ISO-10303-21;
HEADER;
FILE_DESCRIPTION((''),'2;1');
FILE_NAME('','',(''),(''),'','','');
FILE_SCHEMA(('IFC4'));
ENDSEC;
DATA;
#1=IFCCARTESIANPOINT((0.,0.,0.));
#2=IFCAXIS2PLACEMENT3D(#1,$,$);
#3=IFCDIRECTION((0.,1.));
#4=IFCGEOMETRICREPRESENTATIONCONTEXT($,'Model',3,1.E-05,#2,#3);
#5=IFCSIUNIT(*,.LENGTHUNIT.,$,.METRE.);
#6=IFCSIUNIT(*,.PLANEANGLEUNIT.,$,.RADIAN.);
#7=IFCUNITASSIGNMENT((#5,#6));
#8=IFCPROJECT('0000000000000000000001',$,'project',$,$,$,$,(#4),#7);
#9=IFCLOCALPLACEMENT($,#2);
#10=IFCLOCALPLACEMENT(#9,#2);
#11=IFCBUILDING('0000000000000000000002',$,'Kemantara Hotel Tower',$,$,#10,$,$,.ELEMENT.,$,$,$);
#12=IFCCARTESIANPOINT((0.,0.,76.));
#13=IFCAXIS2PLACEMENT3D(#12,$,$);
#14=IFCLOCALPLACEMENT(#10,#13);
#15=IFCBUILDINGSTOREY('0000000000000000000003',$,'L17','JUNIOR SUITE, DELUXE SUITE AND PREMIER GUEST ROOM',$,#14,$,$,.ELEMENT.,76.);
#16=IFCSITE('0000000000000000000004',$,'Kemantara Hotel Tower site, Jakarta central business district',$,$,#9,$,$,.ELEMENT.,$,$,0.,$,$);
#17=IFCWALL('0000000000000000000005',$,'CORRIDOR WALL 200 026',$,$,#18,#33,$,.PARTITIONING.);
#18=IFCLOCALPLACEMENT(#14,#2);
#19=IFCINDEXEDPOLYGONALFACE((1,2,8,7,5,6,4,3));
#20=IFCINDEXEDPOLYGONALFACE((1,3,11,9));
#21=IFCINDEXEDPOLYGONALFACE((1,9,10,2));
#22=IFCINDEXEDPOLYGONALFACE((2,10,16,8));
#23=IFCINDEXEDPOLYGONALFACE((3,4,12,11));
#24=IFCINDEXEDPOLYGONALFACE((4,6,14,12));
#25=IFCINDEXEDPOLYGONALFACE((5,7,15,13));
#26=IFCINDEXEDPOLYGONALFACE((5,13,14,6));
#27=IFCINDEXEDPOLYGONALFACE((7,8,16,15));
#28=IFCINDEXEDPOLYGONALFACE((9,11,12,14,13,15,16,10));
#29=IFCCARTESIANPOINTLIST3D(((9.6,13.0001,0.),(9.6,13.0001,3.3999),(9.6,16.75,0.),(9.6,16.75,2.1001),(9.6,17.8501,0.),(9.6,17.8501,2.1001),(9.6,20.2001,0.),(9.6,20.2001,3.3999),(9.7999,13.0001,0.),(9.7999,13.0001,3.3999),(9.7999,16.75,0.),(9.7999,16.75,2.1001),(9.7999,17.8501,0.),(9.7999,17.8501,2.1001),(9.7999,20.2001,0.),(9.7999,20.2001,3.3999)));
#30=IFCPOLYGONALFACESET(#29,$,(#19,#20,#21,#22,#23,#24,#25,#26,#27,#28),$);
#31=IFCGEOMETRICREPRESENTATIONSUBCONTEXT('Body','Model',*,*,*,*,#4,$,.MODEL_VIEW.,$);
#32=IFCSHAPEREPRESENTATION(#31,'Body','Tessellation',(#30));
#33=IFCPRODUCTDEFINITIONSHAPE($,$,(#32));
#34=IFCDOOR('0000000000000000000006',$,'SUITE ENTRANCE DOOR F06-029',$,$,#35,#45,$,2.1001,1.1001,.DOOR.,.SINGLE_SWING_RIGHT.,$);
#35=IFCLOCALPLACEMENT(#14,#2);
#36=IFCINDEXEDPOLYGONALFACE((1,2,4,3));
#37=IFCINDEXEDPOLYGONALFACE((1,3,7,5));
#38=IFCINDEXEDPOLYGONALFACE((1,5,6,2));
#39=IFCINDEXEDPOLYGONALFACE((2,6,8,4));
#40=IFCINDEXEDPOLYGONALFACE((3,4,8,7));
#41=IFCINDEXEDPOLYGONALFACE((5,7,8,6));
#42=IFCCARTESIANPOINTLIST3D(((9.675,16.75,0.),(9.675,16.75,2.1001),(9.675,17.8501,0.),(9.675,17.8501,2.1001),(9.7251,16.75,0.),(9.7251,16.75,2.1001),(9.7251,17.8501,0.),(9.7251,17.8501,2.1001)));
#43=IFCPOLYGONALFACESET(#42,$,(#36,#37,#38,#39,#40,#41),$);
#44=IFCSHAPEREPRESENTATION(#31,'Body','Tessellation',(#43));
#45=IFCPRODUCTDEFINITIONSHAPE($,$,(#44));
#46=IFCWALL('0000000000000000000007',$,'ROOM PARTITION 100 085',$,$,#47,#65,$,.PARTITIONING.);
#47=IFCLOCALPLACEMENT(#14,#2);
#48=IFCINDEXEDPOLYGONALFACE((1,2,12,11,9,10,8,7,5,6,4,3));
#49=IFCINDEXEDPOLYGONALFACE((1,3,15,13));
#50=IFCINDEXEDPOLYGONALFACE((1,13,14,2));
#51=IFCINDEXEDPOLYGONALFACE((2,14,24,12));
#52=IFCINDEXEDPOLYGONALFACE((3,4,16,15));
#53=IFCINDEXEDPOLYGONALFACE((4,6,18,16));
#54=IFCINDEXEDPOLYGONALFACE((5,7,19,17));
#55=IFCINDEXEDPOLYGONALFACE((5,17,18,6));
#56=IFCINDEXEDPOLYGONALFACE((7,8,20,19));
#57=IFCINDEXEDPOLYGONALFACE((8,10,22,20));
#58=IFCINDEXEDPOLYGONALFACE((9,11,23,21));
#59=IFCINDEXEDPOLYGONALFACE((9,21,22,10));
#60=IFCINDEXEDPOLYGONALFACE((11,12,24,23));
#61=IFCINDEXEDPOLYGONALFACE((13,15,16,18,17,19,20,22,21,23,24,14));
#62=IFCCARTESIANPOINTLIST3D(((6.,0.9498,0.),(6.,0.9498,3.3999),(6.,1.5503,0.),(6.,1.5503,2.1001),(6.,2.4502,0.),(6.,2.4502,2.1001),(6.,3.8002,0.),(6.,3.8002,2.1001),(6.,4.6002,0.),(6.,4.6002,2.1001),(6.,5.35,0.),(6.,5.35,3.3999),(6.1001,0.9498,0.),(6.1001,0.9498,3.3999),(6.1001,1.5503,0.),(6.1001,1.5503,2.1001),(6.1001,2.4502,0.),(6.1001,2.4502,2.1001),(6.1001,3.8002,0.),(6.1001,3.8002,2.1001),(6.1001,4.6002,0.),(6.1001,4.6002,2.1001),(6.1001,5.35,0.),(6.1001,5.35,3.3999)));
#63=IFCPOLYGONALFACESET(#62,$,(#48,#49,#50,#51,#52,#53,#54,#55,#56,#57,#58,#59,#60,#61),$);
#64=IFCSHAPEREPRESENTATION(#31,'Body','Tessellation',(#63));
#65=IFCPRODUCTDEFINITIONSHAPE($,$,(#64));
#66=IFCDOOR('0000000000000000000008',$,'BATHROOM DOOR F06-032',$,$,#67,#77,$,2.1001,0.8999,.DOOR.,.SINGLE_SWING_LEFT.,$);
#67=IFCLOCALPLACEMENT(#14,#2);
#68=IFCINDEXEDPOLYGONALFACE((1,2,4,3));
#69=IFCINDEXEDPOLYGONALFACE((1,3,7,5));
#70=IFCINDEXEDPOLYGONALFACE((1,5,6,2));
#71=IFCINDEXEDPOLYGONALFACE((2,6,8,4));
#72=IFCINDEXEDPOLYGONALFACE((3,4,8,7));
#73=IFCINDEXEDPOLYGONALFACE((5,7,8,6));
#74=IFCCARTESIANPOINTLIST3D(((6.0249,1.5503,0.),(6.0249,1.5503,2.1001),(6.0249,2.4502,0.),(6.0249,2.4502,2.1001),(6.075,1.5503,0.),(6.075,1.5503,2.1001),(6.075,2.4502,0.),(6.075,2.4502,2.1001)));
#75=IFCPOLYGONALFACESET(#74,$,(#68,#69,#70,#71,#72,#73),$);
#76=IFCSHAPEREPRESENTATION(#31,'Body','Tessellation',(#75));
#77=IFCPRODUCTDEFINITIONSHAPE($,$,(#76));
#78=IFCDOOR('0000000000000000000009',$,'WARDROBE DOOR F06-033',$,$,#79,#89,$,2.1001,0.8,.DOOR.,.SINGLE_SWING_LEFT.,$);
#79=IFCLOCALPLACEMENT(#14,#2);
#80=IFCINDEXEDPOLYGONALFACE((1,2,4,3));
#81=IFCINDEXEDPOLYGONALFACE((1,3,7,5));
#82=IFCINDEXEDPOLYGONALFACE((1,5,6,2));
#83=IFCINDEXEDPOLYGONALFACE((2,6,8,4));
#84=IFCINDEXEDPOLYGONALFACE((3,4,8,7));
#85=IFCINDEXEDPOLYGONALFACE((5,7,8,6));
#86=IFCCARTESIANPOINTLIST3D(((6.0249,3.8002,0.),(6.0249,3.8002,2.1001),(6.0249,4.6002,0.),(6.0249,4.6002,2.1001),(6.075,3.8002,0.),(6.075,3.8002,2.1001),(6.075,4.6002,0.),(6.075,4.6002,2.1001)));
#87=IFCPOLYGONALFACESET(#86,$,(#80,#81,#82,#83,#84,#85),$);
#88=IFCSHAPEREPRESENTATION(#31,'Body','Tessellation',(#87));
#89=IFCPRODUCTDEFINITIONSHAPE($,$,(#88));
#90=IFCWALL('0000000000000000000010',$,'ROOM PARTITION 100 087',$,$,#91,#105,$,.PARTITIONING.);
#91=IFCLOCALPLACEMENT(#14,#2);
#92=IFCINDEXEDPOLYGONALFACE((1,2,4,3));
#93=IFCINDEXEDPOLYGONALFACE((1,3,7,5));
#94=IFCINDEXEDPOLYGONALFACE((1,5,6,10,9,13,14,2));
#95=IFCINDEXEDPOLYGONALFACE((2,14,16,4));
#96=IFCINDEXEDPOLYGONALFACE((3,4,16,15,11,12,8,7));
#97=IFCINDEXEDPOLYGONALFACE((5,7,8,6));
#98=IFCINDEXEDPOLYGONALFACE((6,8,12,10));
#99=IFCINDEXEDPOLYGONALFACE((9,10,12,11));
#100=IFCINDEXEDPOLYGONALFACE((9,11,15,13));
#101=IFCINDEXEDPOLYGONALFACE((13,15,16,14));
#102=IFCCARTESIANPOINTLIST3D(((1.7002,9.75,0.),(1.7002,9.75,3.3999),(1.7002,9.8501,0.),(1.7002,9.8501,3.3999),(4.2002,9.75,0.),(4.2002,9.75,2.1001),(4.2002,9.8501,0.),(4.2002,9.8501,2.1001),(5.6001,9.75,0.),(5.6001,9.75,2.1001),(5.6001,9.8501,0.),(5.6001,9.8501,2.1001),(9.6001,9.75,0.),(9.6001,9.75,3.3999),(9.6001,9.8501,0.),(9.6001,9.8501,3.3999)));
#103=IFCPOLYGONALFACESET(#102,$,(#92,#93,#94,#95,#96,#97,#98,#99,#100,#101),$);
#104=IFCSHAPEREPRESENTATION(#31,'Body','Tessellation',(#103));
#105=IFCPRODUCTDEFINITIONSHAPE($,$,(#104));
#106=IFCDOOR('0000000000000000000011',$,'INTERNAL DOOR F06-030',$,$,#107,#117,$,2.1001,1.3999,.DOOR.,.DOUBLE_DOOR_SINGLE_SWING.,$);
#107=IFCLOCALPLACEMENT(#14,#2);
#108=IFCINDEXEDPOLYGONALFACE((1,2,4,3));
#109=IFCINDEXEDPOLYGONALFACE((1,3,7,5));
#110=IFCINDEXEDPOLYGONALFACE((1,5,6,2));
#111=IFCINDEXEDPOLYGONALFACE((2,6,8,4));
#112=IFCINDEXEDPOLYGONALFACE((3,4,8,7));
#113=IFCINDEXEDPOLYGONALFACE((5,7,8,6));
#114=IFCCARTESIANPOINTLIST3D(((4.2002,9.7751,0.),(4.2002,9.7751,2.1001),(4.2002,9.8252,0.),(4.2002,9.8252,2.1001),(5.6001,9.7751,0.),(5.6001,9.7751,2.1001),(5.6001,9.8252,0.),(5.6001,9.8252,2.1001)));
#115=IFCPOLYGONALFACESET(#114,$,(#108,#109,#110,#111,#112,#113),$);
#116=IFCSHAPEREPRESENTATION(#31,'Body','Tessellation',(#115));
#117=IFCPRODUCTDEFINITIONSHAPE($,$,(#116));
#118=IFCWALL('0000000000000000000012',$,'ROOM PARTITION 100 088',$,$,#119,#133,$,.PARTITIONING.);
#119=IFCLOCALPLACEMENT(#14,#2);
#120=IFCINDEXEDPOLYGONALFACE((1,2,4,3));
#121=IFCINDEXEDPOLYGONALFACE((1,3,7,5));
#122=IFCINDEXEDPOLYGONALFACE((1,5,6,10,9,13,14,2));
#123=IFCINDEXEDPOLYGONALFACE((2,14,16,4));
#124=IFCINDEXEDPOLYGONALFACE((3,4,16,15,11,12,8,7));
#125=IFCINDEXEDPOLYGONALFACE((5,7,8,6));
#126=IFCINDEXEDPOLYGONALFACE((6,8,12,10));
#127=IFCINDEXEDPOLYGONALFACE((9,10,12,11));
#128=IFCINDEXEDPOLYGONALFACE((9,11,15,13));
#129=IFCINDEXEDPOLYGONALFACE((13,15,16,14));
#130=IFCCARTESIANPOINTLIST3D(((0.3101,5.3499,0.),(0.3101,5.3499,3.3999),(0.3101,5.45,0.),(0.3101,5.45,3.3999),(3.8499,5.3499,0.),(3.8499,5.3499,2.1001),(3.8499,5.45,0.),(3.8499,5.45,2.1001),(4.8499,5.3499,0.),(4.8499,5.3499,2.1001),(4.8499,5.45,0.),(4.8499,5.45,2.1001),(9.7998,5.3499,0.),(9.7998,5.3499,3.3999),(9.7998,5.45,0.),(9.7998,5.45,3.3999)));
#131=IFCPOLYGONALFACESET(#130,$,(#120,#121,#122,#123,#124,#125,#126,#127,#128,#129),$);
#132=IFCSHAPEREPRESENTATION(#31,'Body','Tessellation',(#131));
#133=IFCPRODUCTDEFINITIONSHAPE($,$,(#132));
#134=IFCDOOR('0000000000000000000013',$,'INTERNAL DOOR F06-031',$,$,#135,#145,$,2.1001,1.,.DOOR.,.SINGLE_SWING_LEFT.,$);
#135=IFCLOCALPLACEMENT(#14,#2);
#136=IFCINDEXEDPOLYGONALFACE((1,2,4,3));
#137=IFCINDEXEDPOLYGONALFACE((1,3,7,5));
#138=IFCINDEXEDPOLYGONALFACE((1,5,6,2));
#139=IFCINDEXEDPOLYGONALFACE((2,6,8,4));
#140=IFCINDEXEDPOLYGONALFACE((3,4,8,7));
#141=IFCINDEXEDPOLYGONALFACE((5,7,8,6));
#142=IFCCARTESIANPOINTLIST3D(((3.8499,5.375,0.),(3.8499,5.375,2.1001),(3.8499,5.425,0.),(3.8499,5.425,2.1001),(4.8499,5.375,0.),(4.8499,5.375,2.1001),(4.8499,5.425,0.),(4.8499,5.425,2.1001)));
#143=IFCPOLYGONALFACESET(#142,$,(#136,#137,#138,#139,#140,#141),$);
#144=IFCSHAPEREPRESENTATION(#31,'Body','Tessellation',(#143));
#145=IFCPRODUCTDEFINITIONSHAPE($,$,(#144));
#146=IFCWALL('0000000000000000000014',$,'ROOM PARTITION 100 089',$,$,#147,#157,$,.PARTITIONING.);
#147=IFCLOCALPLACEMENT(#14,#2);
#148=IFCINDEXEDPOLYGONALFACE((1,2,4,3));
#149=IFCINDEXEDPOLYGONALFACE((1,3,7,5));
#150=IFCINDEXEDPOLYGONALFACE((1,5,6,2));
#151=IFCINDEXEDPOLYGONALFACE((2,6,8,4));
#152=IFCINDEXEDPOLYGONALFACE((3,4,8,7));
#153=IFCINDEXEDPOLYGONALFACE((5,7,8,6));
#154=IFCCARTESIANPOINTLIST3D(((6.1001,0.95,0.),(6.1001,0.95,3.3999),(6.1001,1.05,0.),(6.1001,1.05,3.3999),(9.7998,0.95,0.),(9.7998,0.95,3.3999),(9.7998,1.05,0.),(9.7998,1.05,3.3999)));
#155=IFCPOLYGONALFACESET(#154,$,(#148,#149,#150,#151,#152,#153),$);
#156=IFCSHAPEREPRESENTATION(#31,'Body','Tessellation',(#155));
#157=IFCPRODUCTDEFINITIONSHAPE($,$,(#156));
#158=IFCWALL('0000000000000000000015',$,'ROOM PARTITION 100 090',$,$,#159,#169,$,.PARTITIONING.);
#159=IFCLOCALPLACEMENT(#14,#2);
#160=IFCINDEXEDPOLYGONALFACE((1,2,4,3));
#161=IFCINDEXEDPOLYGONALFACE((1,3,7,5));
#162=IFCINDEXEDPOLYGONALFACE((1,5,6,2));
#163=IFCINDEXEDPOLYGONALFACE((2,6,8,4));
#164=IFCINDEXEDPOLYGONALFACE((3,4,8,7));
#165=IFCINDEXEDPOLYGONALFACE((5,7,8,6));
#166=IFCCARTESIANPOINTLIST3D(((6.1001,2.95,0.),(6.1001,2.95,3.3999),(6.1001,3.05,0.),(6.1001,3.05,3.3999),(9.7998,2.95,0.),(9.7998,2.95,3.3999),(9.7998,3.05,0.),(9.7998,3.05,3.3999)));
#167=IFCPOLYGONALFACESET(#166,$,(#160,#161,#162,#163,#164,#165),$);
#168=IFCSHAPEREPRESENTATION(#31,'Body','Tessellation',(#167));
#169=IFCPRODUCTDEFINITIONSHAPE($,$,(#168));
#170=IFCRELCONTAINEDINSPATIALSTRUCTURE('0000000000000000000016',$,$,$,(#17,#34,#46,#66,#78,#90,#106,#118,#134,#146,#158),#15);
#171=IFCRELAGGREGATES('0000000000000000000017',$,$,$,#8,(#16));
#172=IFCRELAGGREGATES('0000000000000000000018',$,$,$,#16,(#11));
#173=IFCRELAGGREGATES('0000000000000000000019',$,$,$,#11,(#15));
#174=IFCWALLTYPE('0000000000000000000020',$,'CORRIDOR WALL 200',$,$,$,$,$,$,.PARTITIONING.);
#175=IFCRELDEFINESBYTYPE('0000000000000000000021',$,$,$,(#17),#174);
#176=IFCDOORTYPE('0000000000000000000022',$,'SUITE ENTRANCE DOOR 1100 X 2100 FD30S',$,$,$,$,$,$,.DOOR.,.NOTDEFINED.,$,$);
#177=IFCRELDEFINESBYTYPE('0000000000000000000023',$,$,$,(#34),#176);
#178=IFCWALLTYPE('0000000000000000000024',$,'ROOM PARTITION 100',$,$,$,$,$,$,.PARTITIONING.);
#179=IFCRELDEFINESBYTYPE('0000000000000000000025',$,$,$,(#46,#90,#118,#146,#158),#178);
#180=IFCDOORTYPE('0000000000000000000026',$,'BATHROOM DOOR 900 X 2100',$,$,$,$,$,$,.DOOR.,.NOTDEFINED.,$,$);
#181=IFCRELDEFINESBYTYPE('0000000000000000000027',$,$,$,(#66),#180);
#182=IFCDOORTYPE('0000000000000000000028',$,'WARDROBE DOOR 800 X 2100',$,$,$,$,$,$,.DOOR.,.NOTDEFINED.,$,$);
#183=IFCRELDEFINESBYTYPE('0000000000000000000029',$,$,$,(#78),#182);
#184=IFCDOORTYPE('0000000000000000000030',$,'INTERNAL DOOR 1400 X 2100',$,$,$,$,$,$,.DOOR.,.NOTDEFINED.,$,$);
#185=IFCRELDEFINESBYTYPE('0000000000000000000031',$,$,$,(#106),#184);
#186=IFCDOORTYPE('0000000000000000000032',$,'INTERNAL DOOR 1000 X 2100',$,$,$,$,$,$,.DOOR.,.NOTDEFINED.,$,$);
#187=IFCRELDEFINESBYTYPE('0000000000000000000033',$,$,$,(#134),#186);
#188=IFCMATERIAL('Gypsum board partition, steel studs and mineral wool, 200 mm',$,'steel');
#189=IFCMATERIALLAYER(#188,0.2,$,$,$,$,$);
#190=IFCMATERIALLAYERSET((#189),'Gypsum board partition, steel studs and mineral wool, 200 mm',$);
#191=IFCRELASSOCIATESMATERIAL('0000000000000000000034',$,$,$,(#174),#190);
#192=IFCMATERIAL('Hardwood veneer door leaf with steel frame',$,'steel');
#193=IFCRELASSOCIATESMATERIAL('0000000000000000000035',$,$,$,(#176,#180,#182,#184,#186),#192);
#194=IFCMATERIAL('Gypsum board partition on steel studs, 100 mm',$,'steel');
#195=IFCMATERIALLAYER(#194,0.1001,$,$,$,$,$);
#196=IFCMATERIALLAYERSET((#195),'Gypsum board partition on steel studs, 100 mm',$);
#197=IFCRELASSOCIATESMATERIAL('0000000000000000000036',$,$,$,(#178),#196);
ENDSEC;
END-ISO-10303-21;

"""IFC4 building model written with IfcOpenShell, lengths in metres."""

from ifc_helpers import new_model, si_unit, direction, frame, frame_2d, origin, place, context, subcontext, project, spatial, rectangle, extrude, material, layer, layer_set, type_object, element, fill, save


model = new_model("IFC4")

# Units and contexts
model_context = context("Model", 3, precision=1e-05, world=origin(), true_north=direction((0.0, 1.0)))
body_context = subcontext(model_context, "Body", "Model", "MODEL_VIEW")
ifc_project = project(units=[si_unit("LENGTHUNIT", "METRE"), si_unit("PLANEANGLEUNIT", "RADIAN")], contexts=[model_context])

# Site, building, storey
site_placement = place(None, origin())
site = spatial("IfcSite", under=ifc_project, at=site_placement, Name="Kemantara Hotel Tower site, Jakarta central business district", CompositionType="ELEMENT", RefElevation=0.0)
building_placement = place(site_placement, origin())
building = spatial("IfcBuilding", under=site, at=building_placement, Name="Kemantara Hotel Tower", CompositionType="ELEMENT")
storey_placement = place(building_placement, frame((0.0, 0.0, 76.0)))
storey = spatial("IfcBuildingStorey", under=building, at=storey_placement, Name="L17", Description="JUNIOR SUITE, DELUXE SUITE AND PREMIER GUEST ROOM", CompositionType="ELEMENT", Elevation=76.0)

# Shared definitions
ifc_material_1 = material(Name="Gypsum board partition, steel studs and mineral wool, 200 mm", Category="steel")
ifc_layer_1 = layer(ifc_material_1, 0.2)
ifc_layer_set_1 = layer_set([ifc_layer_1], Name="Gypsum board partition, steel studs and mineral wool, 200 mm")
wall_type_1 = type_object("IfcWallType", Name="CORRIDOR WALL 200", PredefinedType="PARTITIONING", material=ifc_layer_set_1)

# Wall, opening, door
wall_1_placement = place(storey_placement, frame((9.7, 13.0, 0.0), z_axis=(0.0, 0.0, 1.0), x_axis=(0.0, 1.0, 0.0)))
wall_1 = element("IfcWall", 1, at=wall_1_placement, inside=storey, type_object=wall_type_1, Name="CORRIDOR WALL 200 026", PredefinedType="PARTITIONING", context=body_context, shape_type="SweptSolid", body=[
    extrude(rectangle(XDim=7.2, YDim=0.2, at=frame_2d((3.6001, 0.0))), origin(), (0.0, 0.0, 1.0), 3.3999),
])
opening_1_placement = place(wall_1_placement, frame((3.75, 0.0, 0.0)))
opening_1 = element("IfcOpeningElement", 2, at=opening_1_placement, cuts=wall_1, PredefinedType="OPENING", context=body_context, shape_type="SweptSolid", body=[
    extrude(rectangle(XDim=1.1001, YDim=2.1001, at=frame_2d((0.55, 1.05))), frame((0.0, 0.1099, 0.0), z_axis=(0.0, -1.0, 0.0), x_axis=(1.0, 0.0, 0.0)), (0.0, 0.0, 1.0), 0.22),
])
ifc_material_2 = material(Name="Hardwood veneer door leaf with steel frame", Category="steel")
door_type_1 = type_object("IfcDoorType", Name="SUITE ENTRANCE DOOR 1100 X 2100 FD30S", OperationType="NOTDEFINED", PredefinedType="DOOR", material=ifc_material_2)
door_1_placement = place(opening_1_placement, origin())
door_1 = element("IfcDoor", 3, at=door_1_placement, inside=storey, type_object=door_type_1, Name="SUITE ENTRANCE DOOR F06-029", OperationType="SINGLE_SWING_RIGHT", OverallHeight=2.1001, OverallWidth=1.1001, PredefinedType="DOOR", context=body_context, shape_type="SweptSolid", body=[
    extrude(rectangle(XDim=1.1001, YDim=2.1001, at=frame_2d((0.55, 1.05))), frame((0.0, 0.0249, 0.0), z_axis=(0.0, -1.0, 0.0), x_axis=(1.0, 0.0, 0.0)), (0.0, 0.0, 1.0), 0.05),
])
fill(opening_1, door_1)

# Wall, openings, doors
ifc_material_3 = material(Name="Gypsum board partition on steel studs, 100 mm", Category="steel")
ifc_layer_2 = layer(ifc_material_3, 0.1001)
ifc_layer_set_2 = layer_set([ifc_layer_2], Name="Gypsum board partition on steel studs, 100 mm")
wall_type_2 = type_object("IfcWallType", Name="ROOM PARTITION 100", PredefinedType="PARTITIONING", material=ifc_layer_set_2)
wall_2_placement = place(storey_placement, frame((6.05, 5.3501, 0.0), z_axis=(0.0, 0.0, 1.0), x_axis=(0.0, -1.0, 0.0)))
wall_2 = element("IfcWall", 4, at=wall_2_placement, inside=storey, type_object=wall_type_2, Name="ROOM PARTITION 100 085", PredefinedType="PARTITIONING", context=body_context, shape_type="SweptSolid", body=[
    extrude(rectangle(XDim=4.4001, YDim=0.1001, at=frame_2d((2.2002, 0.0))), origin(), (0.0, 0.0, 1.0), 3.3999),
])
opening_2_placement = place(wall_2_placement, frame((2.8999, 0.0, 0.0)))
opening_2 = element("IfcOpeningElement", 5, at=opening_2_placement, cuts=wall_2, PredefinedType="OPENING", context=body_context, shape_type="SweptSolid", body=[
    extrude(rectangle(XDim=0.8999, YDim=2.1001, at=frame_2d((0.45, 1.05))), frame((0.0, 0.0601, 0.0), z_axis=(0.0, -1.0, 0.0), x_axis=(1.0, 0.0, 0.0)), (0.0, 0.0, 1.0), 0.1201),
])
opening_3_placement = place(wall_2_placement, frame((0.75, 0.0, 0.0)))
opening_3 = element("IfcOpeningElement", 6, at=opening_3_placement, cuts=wall_2, PredefinedType="OPENING", context=body_context, shape_type="SweptSolid", body=[
    extrude(rectangle(XDim=0.8, YDim=2.1001, at=frame_2d((0.3999, 1.05))), frame((0.0, 0.0601, 0.0), z_axis=(0.0, -1.0, 0.0), x_axis=(1.0, 0.0, 0.0)), (0.0, 0.0, 1.0), 0.1201),
])
door_type_2 = type_object("IfcDoorType", Name="BATHROOM DOOR 900 X 2100", OperationType="NOTDEFINED", PredefinedType="DOOR", material=ifc_material_2)
door_2_placement = place(opening_2_placement, origin())
door_2 = element("IfcDoor", 7, at=door_2_placement, inside=storey, type_object=door_type_2, Name="BATHROOM DOOR F06-032", OperationType="SINGLE_SWING_LEFT", OverallHeight=2.1001, OverallWidth=0.8999, PredefinedType="DOOR", context=body_context, shape_type="SweptSolid", body=[
    extrude(rectangle(XDim=0.8999, YDim=2.1001, at=frame_2d((0.45, 1.05))), frame((0.0, 0.0249, 0.0), z_axis=(0.0, -1.0, 0.0), x_axis=(1.0, 0.0, 0.0)), (0.0, 0.0, 1.0), 0.05),
])
fill(opening_2, door_2)
door_type_3 = type_object("IfcDoorType", Name="WARDROBE DOOR 800 X 2100", OperationType="NOTDEFINED", PredefinedType="DOOR", material=ifc_material_2)
door_3_placement = place(opening_3_placement, origin())
door_3 = element("IfcDoor", 8, at=door_3_placement, inside=storey, type_object=door_type_3, Name="WARDROBE DOOR F06-033", OperationType="SINGLE_SWING_LEFT", OverallHeight=2.1001, OverallWidth=0.8, PredefinedType="DOOR", context=body_context, shape_type="SweptSolid", body=[
    extrude(rectangle(XDim=0.8, YDim=2.1001, at=frame_2d((0.3999, 1.05))), frame((0.0, 0.0249, 0.0), z_axis=(0.0, -1.0, 0.0), x_axis=(1.0, 0.0, 0.0)), (0.0, 0.0, 1.0), 0.05),
])
fill(opening_3, door_3)

# Walls, openings, doors
wall_3_placement = place(storey_placement, frame((9.6001, 9.8, 0.0), z_axis=(0.0, 0.0, 1.0), x_axis=(-1.0, 0.0, 0.0)))
wall_3 = element("IfcWall", 9, at=wall_3_placement, inside=storey, type_object=wall_type_2, Name="ROOM PARTITION 100 087", PredefinedType="PARTITIONING", context=body_context, shape_type="SweptSolid", body=[
    extrude(rectangle(XDim=7.8999, YDim=0.1001, at=frame_2d((3.95, 0.0))), origin(), (0.0, 0.0, 1.0), 3.3999),
])
opening_4_placement = place(wall_3_placement, frame((4.0, 0.0, 0.0)))
opening_4 = element("IfcOpeningElement", 10, at=opening_4_placement, cuts=wall_3, PredefinedType="OPENING", context=body_context, shape_type="SweptSolid", body=[
    extrude(rectangle(XDim=1.3999, YDim=2.1001, at=frame_2d((0.7, 1.05))), frame((0.0, 0.0601, 0.0), z_axis=(0.0, -1.0, 0.0), x_axis=(1.0, 0.0, 0.0)), (0.0, 0.0, 1.0), 0.1201),
])
door_type_4 = type_object("IfcDoorType", Name="INTERNAL DOOR 1400 X 2100", OperationType="NOTDEFINED", PredefinedType="DOOR", material=ifc_material_2)
door_4_placement = place(opening_4_placement, origin())
door_4 = element("IfcDoor", 11, at=door_4_placement, inside=storey, type_object=door_type_4, Name="INTERNAL DOOR F06-030", OperationType="DOUBLE_DOOR_SINGLE_SWING", OverallHeight=2.1001, OverallWidth=1.3999, PredefinedType="DOOR", context=body_context, shape_type="SweptSolid", body=[
    extrude(rectangle(XDim=1.3999, YDim=2.1001, at=frame_2d((0.7, 1.05))), frame((0.0, 0.0249, 0.0), z_axis=(0.0, -1.0, 0.0), x_axis=(1.0, 0.0, 0.0)), (0.0, 0.0, 1.0), 0.05),
])
fill(opening_4, door_4)
wall_4_placement = place(storey_placement, frame((9.7998, 5.3999, 0.0), z_axis=(0.0, 0.0, 1.0), x_axis=(-1.0, 0.0, 0.0)))
wall_4 = element("IfcWall", 12, at=wall_4_placement, inside=storey, type_object=wall_type_2, Name="ROOM PARTITION 100 088", PredefinedType="PARTITIONING", context=body_context, shape_type="SweptSolid", body=[
    extrude(rectangle(XDim=9.4897, YDim=0.1001, at=frame_2d((4.7449, 0.0))), origin(), (0.0, 0.0, 1.0), 3.3999),
])
opening_5_placement = place(wall_4_placement, frame((4.95, 0.0, 0.0)))
opening_5 = element("IfcOpeningElement", 13, at=opening_5_placement, cuts=wall_4, PredefinedType="OPENING", context=body_context, shape_type="SweptSolid", body=[
    extrude(rectangle(XDim=1.0, YDim=2.1001, at=frame_2d((0.5, 1.05))), frame((0.0, 0.0601, 0.0), z_axis=(0.0, -1.0, 0.0), x_axis=(1.0, 0.0, 0.0)), (0.0, 0.0, 1.0), 0.1201),
])
door_type_5 = type_object("IfcDoorType", Name="INTERNAL DOOR 1000 X 2100", OperationType="NOTDEFINED", PredefinedType="DOOR", material=ifc_material_2)
door_5_placement = place(opening_5_placement, origin())
door_5 = element("IfcDoor", 14, at=door_5_placement, inside=storey, type_object=door_type_5, Name="INTERNAL DOOR F06-031", OperationType="SINGLE_SWING_LEFT", OverallHeight=2.1001, OverallWidth=1.0, PredefinedType="DOOR", context=body_context, shape_type="SweptSolid", body=[
    extrude(rectangle(XDim=1.0, YDim=2.1001, at=frame_2d((0.5, 1.05))), frame((0.0, 0.0249, 0.0), z_axis=(0.0, -1.0, 0.0), x_axis=(1.0, 0.0, 0.0)), (0.0, 0.0, 1.0), 0.05),
])
fill(opening_5, door_5)

# Walls
for number, where, z_axis, x_axis, name in (
    (15, (6.1001, 1.0, 0.0), (0.0, 0.0, 1.0), (1.0, 0.0, 0.0), "ROOM PARTITION 100 089"),
    (16, (6.1001, 3.0, 0.0), (0.0, 0.0, 1.0), (1.0, 0.0, 0.0), "ROOM PARTITION 100 090"),
):
    element("IfcWall", number, at=place(storey_placement, frame(where, z_axis=z_axis, x_axis=x_axis)), inside=storey, type_object=wall_type_2, Name=name, PredefinedType="PARTITIONING", context=body_context, shape_type="SweptSolid", body=[
        extrude(rectangle(XDim=3.6997, YDim=0.1001, at=frame_2d((1.8499, 0.0))), origin(), (0.0, 0.0, 1.0), 3.3999),
    ])

save(model, "model.ifc")
